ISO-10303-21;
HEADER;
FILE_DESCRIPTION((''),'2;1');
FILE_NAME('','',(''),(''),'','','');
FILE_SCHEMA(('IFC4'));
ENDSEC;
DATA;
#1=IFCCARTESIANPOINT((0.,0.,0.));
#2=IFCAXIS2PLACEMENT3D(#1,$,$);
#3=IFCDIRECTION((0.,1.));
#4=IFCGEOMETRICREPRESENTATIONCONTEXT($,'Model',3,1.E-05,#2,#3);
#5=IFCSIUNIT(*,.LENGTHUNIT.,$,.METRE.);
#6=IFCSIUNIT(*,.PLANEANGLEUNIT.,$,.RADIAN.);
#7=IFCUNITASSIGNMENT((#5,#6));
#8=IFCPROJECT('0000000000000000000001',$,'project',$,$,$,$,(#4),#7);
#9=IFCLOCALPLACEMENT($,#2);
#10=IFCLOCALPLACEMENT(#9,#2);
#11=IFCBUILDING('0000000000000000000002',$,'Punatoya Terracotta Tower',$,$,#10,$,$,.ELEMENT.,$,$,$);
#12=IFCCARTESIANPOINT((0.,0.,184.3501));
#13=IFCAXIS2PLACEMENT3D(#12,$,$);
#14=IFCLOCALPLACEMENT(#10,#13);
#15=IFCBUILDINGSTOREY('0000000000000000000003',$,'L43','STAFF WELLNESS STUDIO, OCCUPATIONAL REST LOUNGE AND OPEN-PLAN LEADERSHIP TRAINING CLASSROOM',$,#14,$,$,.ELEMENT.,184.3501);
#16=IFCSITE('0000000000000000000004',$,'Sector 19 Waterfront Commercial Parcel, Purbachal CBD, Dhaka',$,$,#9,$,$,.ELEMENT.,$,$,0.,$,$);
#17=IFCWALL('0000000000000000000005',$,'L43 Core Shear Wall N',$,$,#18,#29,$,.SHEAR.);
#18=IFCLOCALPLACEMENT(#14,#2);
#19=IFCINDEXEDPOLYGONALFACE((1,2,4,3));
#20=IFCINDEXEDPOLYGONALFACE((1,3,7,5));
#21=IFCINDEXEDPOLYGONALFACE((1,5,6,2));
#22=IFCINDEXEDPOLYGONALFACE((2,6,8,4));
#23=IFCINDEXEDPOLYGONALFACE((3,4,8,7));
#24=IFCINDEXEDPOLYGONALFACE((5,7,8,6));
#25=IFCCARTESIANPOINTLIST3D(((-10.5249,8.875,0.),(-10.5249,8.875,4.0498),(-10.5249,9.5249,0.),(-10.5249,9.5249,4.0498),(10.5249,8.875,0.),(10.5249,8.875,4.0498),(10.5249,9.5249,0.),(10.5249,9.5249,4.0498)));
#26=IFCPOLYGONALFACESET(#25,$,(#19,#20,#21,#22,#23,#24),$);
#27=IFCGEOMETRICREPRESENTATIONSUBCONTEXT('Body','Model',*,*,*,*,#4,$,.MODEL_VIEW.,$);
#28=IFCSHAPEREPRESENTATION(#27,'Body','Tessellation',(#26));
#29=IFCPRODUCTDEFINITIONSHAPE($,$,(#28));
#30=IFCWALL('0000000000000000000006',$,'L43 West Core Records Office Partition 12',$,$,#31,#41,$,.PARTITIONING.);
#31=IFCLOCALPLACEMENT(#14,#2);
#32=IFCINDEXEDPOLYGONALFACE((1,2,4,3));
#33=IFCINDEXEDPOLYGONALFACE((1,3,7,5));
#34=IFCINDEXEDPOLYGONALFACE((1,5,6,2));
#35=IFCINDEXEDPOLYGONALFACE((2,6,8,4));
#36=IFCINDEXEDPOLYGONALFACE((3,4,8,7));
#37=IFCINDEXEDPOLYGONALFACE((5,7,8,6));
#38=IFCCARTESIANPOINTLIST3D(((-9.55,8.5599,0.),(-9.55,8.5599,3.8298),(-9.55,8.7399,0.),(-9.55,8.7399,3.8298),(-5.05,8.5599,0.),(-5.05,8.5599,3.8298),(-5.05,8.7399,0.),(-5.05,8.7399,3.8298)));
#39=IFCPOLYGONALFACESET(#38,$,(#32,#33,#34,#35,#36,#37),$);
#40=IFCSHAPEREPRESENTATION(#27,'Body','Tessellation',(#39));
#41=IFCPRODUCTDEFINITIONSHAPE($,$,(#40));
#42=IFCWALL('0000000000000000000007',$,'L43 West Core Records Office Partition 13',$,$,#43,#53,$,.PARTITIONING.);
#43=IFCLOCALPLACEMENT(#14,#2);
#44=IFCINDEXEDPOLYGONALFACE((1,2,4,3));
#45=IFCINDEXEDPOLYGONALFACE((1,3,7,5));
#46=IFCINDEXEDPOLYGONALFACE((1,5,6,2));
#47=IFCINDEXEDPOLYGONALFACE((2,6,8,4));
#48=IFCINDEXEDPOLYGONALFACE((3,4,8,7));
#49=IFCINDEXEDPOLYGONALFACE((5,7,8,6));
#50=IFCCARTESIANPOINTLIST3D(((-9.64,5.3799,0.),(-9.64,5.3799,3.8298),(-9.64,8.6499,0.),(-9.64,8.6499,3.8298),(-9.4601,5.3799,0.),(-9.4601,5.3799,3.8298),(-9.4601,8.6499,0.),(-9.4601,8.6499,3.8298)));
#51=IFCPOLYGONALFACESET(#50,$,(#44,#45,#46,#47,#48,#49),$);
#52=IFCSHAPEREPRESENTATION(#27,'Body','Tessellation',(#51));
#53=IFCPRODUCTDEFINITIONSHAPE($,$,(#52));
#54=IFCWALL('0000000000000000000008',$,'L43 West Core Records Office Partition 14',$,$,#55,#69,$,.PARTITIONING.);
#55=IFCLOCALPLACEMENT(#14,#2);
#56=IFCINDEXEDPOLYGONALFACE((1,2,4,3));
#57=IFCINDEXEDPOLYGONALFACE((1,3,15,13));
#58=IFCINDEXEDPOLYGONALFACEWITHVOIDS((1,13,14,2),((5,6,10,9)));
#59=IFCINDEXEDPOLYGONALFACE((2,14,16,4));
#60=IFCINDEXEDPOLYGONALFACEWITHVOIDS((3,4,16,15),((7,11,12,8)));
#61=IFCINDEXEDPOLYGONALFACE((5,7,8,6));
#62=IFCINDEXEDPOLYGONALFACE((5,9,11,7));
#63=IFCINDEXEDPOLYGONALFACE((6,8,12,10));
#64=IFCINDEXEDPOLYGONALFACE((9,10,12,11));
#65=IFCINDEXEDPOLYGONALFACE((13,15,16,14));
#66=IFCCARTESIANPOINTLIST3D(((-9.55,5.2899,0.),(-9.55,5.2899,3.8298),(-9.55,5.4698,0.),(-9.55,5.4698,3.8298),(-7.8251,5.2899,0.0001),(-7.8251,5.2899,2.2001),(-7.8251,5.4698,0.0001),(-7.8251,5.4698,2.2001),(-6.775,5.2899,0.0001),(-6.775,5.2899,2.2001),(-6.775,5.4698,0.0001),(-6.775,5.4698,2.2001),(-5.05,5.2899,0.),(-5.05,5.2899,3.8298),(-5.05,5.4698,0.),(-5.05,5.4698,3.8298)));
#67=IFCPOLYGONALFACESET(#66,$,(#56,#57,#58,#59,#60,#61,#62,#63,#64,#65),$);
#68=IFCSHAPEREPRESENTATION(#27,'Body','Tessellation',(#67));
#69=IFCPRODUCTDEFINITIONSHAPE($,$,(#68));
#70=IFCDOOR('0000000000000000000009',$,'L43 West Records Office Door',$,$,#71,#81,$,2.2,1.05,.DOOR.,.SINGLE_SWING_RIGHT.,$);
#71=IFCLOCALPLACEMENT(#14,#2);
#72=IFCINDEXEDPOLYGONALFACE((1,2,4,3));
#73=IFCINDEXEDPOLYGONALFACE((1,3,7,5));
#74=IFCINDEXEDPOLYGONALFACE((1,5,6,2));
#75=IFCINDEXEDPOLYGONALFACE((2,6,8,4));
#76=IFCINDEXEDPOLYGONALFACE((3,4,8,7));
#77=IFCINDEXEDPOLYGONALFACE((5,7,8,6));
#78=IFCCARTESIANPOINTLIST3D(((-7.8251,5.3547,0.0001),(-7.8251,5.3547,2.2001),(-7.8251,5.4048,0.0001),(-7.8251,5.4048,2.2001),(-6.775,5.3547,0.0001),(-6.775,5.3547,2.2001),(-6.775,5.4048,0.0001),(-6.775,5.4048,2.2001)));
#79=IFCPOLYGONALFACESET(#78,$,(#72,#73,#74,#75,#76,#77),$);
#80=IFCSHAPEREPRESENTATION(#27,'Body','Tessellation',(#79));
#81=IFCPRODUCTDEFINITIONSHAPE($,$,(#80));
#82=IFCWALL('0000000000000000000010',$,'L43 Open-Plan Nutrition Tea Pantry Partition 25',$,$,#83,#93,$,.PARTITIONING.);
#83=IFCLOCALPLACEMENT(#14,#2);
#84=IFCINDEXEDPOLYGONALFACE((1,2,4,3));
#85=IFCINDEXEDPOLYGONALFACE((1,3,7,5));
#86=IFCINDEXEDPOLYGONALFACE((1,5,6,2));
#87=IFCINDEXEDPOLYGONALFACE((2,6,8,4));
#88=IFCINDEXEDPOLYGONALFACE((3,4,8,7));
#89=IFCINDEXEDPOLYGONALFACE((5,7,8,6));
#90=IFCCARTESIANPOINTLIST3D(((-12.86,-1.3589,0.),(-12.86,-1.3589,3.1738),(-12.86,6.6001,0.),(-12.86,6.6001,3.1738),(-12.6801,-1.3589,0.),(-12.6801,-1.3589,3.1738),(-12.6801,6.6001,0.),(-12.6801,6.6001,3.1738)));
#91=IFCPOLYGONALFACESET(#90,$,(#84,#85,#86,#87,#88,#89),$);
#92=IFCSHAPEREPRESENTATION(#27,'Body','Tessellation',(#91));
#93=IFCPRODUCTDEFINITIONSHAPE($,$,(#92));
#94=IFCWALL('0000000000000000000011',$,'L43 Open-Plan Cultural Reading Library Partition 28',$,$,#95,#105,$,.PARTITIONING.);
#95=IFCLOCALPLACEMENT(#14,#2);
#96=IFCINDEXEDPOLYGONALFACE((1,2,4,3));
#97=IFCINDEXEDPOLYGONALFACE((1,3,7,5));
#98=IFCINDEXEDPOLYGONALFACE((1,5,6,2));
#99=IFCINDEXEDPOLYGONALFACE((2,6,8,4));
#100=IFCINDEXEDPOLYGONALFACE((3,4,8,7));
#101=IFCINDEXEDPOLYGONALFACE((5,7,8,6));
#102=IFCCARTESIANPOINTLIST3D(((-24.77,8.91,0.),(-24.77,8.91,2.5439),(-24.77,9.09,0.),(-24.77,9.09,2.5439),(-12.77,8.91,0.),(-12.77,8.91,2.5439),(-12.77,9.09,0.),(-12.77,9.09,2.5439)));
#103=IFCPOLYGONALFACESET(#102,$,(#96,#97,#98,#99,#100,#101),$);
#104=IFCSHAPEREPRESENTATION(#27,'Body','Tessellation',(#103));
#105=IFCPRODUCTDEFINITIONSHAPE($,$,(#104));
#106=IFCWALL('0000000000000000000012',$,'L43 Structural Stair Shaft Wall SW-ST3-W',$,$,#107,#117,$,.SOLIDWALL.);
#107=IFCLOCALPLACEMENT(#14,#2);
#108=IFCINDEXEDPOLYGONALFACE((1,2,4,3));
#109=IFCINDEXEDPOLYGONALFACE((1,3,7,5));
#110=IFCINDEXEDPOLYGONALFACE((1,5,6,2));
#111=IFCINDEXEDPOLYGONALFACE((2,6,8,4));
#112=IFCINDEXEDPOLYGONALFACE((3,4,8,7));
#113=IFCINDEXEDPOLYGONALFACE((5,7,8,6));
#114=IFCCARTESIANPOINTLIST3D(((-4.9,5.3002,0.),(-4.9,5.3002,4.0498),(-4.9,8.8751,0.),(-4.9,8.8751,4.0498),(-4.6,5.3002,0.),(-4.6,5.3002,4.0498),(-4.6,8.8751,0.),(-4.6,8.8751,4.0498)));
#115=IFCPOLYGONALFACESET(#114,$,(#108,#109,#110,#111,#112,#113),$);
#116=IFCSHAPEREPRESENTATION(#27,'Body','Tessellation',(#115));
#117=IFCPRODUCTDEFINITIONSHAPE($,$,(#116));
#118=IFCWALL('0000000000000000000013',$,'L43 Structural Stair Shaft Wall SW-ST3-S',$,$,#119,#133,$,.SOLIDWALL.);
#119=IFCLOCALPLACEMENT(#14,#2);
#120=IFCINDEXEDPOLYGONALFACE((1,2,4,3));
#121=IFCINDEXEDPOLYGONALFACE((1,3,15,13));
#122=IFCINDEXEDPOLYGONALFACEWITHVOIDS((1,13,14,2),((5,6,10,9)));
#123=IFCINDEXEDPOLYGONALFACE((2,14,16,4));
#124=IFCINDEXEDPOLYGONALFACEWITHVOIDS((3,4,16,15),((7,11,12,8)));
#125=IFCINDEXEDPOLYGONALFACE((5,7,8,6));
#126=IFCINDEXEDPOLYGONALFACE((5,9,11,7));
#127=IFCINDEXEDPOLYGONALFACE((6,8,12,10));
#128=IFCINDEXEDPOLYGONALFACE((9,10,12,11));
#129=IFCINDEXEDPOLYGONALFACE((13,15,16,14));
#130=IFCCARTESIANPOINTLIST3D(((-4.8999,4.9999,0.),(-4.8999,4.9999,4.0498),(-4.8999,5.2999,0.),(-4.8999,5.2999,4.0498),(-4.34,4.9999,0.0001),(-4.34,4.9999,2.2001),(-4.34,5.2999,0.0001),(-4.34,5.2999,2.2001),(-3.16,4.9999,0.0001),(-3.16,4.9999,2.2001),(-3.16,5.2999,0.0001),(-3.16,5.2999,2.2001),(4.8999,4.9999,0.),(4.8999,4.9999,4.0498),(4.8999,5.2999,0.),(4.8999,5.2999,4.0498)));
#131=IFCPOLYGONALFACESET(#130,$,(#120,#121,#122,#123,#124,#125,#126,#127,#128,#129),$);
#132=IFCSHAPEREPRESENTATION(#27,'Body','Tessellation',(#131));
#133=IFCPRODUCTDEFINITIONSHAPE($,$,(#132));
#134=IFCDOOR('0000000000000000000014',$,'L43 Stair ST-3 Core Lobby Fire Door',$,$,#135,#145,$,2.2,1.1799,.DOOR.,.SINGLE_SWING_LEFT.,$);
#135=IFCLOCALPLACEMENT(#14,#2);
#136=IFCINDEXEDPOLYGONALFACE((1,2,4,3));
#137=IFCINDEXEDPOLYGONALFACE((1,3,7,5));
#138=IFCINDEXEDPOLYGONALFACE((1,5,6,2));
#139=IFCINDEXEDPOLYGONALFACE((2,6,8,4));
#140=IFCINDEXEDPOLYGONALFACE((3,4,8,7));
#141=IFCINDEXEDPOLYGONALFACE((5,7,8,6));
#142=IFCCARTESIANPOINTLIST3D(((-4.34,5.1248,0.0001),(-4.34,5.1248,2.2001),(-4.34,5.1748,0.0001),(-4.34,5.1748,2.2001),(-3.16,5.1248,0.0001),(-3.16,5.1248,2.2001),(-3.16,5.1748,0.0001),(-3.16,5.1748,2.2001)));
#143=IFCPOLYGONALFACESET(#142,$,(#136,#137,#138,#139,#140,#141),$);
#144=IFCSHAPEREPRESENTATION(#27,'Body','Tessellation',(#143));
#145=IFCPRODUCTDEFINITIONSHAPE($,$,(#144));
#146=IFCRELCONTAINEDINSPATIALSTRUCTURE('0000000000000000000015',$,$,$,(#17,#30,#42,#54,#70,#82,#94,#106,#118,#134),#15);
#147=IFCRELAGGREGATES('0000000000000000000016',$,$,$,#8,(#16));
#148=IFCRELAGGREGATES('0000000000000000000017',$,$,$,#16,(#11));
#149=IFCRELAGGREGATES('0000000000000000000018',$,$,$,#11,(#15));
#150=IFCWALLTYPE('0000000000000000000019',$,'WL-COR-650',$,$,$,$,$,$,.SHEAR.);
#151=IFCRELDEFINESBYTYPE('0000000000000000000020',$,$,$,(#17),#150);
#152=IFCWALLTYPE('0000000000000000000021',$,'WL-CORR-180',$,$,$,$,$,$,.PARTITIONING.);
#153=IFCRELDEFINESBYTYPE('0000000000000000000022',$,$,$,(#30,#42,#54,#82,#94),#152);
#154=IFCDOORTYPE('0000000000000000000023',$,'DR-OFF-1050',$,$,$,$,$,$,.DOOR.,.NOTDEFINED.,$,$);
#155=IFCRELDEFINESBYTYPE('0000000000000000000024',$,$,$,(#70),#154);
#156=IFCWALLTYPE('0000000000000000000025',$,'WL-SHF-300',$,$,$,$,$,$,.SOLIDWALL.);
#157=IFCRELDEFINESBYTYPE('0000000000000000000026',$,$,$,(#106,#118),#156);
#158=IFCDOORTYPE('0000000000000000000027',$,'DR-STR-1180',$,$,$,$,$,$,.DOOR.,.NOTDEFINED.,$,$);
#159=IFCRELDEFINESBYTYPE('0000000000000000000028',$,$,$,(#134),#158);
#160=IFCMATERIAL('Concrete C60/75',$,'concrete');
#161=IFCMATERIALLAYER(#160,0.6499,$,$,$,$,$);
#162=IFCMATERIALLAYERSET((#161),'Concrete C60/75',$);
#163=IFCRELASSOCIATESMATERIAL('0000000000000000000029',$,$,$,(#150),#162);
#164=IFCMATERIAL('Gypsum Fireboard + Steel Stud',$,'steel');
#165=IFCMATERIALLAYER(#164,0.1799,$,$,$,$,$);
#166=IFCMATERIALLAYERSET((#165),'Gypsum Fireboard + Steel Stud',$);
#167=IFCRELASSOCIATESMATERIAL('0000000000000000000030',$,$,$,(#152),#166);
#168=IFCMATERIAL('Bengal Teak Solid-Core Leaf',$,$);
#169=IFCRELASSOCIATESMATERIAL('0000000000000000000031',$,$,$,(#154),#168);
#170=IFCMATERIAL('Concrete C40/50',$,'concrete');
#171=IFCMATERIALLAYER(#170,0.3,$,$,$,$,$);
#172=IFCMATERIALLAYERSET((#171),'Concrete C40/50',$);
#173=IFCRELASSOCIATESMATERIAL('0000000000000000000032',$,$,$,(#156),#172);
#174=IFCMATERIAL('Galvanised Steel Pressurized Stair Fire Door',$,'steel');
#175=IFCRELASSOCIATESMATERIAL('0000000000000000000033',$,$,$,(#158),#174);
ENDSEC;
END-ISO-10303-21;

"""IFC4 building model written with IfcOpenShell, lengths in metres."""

from ifc_helpers import new_model, si_unit, direction, frame, frame_2d, origin, place, context, subcontext, project, spatial, rectangle, extrude, material, layer, layer_set, type_object, element, fill, save


model = new_model("IFC4")

# Units and contexts
model_context = context("Model", 3, precision=1e-05, world=origin(), true_north=direction((0.0, 1.0)))
body_context = subcontext(model_context, "Body", "Model", "MODEL_VIEW")
ifc_project = project(units=[si_unit("LENGTHUNIT", "METRE"), si_unit("PLANEANGLEUNIT", "RADIAN")], contexts=[model_context])

# Site, building, storey
site_placement = place(None, origin())
site = spatial("IfcSite", under=ifc_project, at=site_placement, Name="Sector 19 Waterfront Commercial Parcel, Purbachal CBD, Dhaka", CompositionType="ELEMENT", RefElevation=0.0)
building_placement = place(site_placement, origin())
building = spatial("IfcBuilding", under=site, at=building_placement, Name="Punatoya Terracotta Tower", CompositionType="ELEMENT")
storey_placement = place(building_placement, frame((0.0, 0.0, 184.3501)))
storey = spatial("IfcBuildingStorey", under=building, at=storey_placement, Name="L43", Description="STAFF WELLNESS STUDIO, OCCUPATIONAL REST LOUNGE AND OPEN-PLAN LEADERSHIP TRAINING CLASSROOM", CompositionType="ELEMENT", Elevation=184.3501)

# Shared definitions
ifc_material_1 = material(Name="Concrete C60/75", Category="concrete")

# Shared definitions
ifc_material_2 = material(Name="Concrete C40/50", Category="concrete")

# Walls
ifc_layer_1 = layer(ifc_material_1, 0.6499)
ifc_layer_set_1 = layer_set([ifc_layer_1], Name="Concrete C60/75")
wall_type_1 = type_object("IfcWallType", Name="WL-COR-650", PredefinedType="SHEAR", material=ifc_layer_set_1)
wall_1_placement = place(storey_placement, frame((-10.5249, 9.2, 0.0), z_axis=(0.0, 0.0, 1.0), x_axis=(1.0, 0.0, 0.0)))
element("IfcWall", 1, at=wall_1_placement, inside=storey, type_object=wall_type_1, Name="L43 Core Shear Wall N", PredefinedType="SHEAR", context=body_context, shape_type="SweptSolid", body=[
    extrude(rectangle(XDim=21.0498, YDim=0.6499, at=frame_2d((10.5249, 0.0))), origin(), (0.0, 0.0, 1.0), 4.0498),
])
ifc_material_3 = material(Name="Gypsum Fireboard + Steel Stud", Category="steel")
ifc_layer_2 = layer(ifc_material_3, 0.1799)
ifc_layer_set_2 = layer_set([ifc_layer_2], Name="Gypsum Fireboard + Steel Stud")
wall_type_2 = type_object("IfcWallType", Name="WL-CORR-180", PredefinedType="PARTITIONING", material=ifc_layer_set_2)
wall_2_placement = place(storey_placement, frame((-5.05, 8.6499, 0.0), z_axis=(0.0, 0.0, 1.0), x_axis=(-1.0, 0.0, 0.0)))
element("IfcWall", 2, at=wall_2_placement, inside=storey, type_object=wall_type_2, Name="L43 West Core Records Office Partition 12", PredefinedType="PARTITIONING", context=body_context, shape_type="SweptSolid", body=[
    extrude(rectangle(XDim=4.5, YDim=0.1799, at=frame_2d((2.25, 0.0))), origin(), (0.0, 0.0, 1.0), 3.8298),
])
wall_3_placement = place(storey_placement, frame((-9.55, 8.6499, 0.0), z_axis=(0.0, 0.0, 1.0), x_axis=(0.0, -1.0, 0.0)))
element("IfcWall", 3, at=wall_3_placement, inside=storey, type_object=wall_type_2, Name="L43 West Core Records Office Partition 13", PredefinedType="PARTITIONING", context=body_context, shape_type="SweptSolid", body=[
    extrude(rectangle(XDim=3.27, YDim=0.1799, at=frame_2d((1.635, 0.0))), origin(), (0.0, 0.0, 1.0), 3.8298),
])

# Wall, opening, door
wall_4_placement = place(storey_placement, frame((-9.55, 5.3799, 0.0), z_axis=(0.0, 0.0, 1.0), x_axis=(1.0, 0.0, 0.0)))
wall_4 = element("IfcWall", 4, at=wall_4_placement, inside=storey, type_object=wall_type_2, Name="L43 West Core Records Office Partition 14", PredefinedType="PARTITIONING", context=body_context, shape_type="SweptSolid", body=[
    extrude(rectangle(XDim=4.5, YDim=0.1799, at=frame_2d((2.25, 0.0))), origin(), (0.0, 0.0, 1.0), 3.8298),
])
opening_1_placement = place(wall_4_placement, frame((1.7251, 0.0, 0.0)))
opening_1 = element("IfcOpeningElement", 5, at=opening_1_placement, cuts=wall_4, PredefinedType="OPENING", context=body_context, shape_type="SweptSolid", body=[
    extrude(rectangle(XDim=1.05, YDim=2.2, at=frame_2d((0.5249, 1.1001))), frame((0.0, 0.0999, 0.0), z_axis=(0.0, -1.0, 0.0), x_axis=(1.0, 0.0, 0.0)), (0.0, 0.0, 1.0), 0.2),
])
ifc_material_4 = material(Name="Bengal Teak Solid-Core Leaf")
door_type_1 = type_object("IfcDoorType", Name="DR-OFF-1050", OperationType="NOTDEFINED", PredefinedType="DOOR", material=ifc_material_4)
door_1_placement = place(opening_1_placement, origin())
door_1 = element("IfcDoor", 6, at=door_1_placement, inside=storey, type_object=door_type_1, Name="L43 West Records Office Door", OperationType="SINGLE_SWING_RIGHT", OverallHeight=2.2, OverallWidth=1.05, PredefinedType="DOOR", context=body_context, shape_type="SweptSolid", body=[
    extrude(rectangle(XDim=1.05, YDim=2.2, at=frame_2d((0.5249, 1.1001))), frame((0.0, 0.0249, 0.0), z_axis=(0.0, -1.0, 0.0), x_axis=(1.0, 0.0, 0.0)), (0.0, 0.0, 1.0), 0.05),
])
fill(opening_1, door_1)

# Walls
wall_5_placement = place(storey_placement, frame((-12.77, 6.6001, 0.0), z_axis=(0.0, 0.0, 1.0), x_axis=(0.0, -1.0, 0.0)))
element("IfcWall", 7, at=wall_5_placement, inside=storey, type_object=wall_type_2, Name="L43 Open-Plan Nutrition Tea Pantry Partition 25", PredefinedType="PARTITIONING", context=body_context, shape_type="SweptSolid", body=[
    extrude(rectangle(XDim=7.959, YDim=0.1799, at=frame_2d((3.9795, 0.0))), origin(), (0.0, 0.0, 1.0), 3.1738),
])
wall_6_placement = place(storey_placement, frame((-12.77, 9.0, 0.0), z_axis=(0.0, 0.0, 1.0), x_axis=(-1.0, 0.0, 0.0)))
element("IfcWall", 8, at=wall_6_placement, inside=storey, type_object=wall_type_2, Name="L43 Open-Plan Cultural Reading Library Partition 28", PredefinedType="PARTITIONING", context=body_context, shape_type="SweptSolid", body=[
    extrude(rectangle(XDim=12.0, YDim=0.1799, at=frame_2d((6.0, 0.0))), origin(), (0.0, 0.0, 1.0), 2.5439),
])
ifc_layer_3 = layer(ifc_material_2, 0.3)
ifc_layer_set_3 = layer_set([ifc_layer_3], Name="Concrete C40/50")
wall_type_3 = type_object("IfcWallType", Name="WL-SHF-300", PredefinedType="SOLIDWALL", material=ifc_layer_set_3)
wall_7_placement = place(storey_placement, frame((-4.75, 5.3, 0.0), z_axis=(0.0, 0.0, 1.0), x_axis=(0.0, 1.0, 0.0)))
element("IfcWall", 9, at=wall_7_placement, inside=storey, type_object=wall_type_3, Name="L43 Structural Stair Shaft Wall SW-ST3-W", PredefinedType="SOLIDWALL", context=body_context, shape_type="SweptSolid", body=[
    extrude(rectangle(XDim=3.575, YDim=0.3, at=frame_2d((1.7876, 0.0))), origin(), (0.0, 0.0, 1.0), 4.0498),
])

# Wall, opening, door
wall_8_placement = place(storey_placement, frame((-4.8999, 5.1499, 0.0), z_axis=(0.0, 0.0, 1.0), x_axis=(1.0, 0.0, 0.0)))
wall_8 = element("IfcWall", 10, at=wall_8_placement, inside=storey, type_object=wall_type_3, Name="L43 Structural Stair Shaft Wall SW-ST3-S", PredefinedType="SOLIDWALL", context=body_context, shape_type="SweptSolid", body=[
    extrude(rectangle(XDim=9.7998, YDim=0.3, at=frame_2d((4.8999, 0.0))), origin(), (0.0, 0.0, 1.0), 4.0498),
])
opening_2_placement = place(wall_8_placement, frame((0.5601, 0.0, 0.0)))
opening_2 = element("IfcOpeningElement", 11, at=opening_2_placement, cuts=wall_8, PredefinedType="OPENING", context=body_context, shape_type="SweptSolid", body=[
    extrude(rectangle(XDim=1.1799, YDim=2.2, at=frame_2d((0.5898, 1.1001))), frame((0.0, 0.1599, 0.0), z_axis=(0.0, -1.0, 0.0), x_axis=(1.0, 0.0, 0.0)), (0.0, 0.0, 1.0), 0.3201),
])
ifc_material_5 = material(Name="Galvanised Steel Pressurized Stair Fire Door", Category="steel")
door_type_2 = type_object("IfcDoorType", Name="DR-STR-1180", OperationType="NOTDEFINED", PredefinedType="DOOR", material=ifc_material_5)
door_2_placement = place(opening_2_placement, origin())
door_2 = element("IfcDoor", 12, at=door_2_placement, inside=storey, type_object=door_type_2, Name="L43 Stair ST-3 Core Lobby Fire Door", OperationType="SINGLE_SWING_LEFT", OverallHeight=2.2, OverallWidth=1.1799, PredefinedType="DOOR", context=body_context, shape_type="SweptSolid", body=[
    extrude(rectangle(XDim=1.1799, YDim=2.2, at=frame_2d((0.5898, 1.1001))), frame((0.0, 0.0249, 0.0), z_axis=(0.0, -1.0, 0.0), x_axis=(1.0, 0.0, 0.0)), (0.0, 0.0, 1.0), 0.05),
])
fill(opening_2, door_2)

save(model, "model.ifc")
